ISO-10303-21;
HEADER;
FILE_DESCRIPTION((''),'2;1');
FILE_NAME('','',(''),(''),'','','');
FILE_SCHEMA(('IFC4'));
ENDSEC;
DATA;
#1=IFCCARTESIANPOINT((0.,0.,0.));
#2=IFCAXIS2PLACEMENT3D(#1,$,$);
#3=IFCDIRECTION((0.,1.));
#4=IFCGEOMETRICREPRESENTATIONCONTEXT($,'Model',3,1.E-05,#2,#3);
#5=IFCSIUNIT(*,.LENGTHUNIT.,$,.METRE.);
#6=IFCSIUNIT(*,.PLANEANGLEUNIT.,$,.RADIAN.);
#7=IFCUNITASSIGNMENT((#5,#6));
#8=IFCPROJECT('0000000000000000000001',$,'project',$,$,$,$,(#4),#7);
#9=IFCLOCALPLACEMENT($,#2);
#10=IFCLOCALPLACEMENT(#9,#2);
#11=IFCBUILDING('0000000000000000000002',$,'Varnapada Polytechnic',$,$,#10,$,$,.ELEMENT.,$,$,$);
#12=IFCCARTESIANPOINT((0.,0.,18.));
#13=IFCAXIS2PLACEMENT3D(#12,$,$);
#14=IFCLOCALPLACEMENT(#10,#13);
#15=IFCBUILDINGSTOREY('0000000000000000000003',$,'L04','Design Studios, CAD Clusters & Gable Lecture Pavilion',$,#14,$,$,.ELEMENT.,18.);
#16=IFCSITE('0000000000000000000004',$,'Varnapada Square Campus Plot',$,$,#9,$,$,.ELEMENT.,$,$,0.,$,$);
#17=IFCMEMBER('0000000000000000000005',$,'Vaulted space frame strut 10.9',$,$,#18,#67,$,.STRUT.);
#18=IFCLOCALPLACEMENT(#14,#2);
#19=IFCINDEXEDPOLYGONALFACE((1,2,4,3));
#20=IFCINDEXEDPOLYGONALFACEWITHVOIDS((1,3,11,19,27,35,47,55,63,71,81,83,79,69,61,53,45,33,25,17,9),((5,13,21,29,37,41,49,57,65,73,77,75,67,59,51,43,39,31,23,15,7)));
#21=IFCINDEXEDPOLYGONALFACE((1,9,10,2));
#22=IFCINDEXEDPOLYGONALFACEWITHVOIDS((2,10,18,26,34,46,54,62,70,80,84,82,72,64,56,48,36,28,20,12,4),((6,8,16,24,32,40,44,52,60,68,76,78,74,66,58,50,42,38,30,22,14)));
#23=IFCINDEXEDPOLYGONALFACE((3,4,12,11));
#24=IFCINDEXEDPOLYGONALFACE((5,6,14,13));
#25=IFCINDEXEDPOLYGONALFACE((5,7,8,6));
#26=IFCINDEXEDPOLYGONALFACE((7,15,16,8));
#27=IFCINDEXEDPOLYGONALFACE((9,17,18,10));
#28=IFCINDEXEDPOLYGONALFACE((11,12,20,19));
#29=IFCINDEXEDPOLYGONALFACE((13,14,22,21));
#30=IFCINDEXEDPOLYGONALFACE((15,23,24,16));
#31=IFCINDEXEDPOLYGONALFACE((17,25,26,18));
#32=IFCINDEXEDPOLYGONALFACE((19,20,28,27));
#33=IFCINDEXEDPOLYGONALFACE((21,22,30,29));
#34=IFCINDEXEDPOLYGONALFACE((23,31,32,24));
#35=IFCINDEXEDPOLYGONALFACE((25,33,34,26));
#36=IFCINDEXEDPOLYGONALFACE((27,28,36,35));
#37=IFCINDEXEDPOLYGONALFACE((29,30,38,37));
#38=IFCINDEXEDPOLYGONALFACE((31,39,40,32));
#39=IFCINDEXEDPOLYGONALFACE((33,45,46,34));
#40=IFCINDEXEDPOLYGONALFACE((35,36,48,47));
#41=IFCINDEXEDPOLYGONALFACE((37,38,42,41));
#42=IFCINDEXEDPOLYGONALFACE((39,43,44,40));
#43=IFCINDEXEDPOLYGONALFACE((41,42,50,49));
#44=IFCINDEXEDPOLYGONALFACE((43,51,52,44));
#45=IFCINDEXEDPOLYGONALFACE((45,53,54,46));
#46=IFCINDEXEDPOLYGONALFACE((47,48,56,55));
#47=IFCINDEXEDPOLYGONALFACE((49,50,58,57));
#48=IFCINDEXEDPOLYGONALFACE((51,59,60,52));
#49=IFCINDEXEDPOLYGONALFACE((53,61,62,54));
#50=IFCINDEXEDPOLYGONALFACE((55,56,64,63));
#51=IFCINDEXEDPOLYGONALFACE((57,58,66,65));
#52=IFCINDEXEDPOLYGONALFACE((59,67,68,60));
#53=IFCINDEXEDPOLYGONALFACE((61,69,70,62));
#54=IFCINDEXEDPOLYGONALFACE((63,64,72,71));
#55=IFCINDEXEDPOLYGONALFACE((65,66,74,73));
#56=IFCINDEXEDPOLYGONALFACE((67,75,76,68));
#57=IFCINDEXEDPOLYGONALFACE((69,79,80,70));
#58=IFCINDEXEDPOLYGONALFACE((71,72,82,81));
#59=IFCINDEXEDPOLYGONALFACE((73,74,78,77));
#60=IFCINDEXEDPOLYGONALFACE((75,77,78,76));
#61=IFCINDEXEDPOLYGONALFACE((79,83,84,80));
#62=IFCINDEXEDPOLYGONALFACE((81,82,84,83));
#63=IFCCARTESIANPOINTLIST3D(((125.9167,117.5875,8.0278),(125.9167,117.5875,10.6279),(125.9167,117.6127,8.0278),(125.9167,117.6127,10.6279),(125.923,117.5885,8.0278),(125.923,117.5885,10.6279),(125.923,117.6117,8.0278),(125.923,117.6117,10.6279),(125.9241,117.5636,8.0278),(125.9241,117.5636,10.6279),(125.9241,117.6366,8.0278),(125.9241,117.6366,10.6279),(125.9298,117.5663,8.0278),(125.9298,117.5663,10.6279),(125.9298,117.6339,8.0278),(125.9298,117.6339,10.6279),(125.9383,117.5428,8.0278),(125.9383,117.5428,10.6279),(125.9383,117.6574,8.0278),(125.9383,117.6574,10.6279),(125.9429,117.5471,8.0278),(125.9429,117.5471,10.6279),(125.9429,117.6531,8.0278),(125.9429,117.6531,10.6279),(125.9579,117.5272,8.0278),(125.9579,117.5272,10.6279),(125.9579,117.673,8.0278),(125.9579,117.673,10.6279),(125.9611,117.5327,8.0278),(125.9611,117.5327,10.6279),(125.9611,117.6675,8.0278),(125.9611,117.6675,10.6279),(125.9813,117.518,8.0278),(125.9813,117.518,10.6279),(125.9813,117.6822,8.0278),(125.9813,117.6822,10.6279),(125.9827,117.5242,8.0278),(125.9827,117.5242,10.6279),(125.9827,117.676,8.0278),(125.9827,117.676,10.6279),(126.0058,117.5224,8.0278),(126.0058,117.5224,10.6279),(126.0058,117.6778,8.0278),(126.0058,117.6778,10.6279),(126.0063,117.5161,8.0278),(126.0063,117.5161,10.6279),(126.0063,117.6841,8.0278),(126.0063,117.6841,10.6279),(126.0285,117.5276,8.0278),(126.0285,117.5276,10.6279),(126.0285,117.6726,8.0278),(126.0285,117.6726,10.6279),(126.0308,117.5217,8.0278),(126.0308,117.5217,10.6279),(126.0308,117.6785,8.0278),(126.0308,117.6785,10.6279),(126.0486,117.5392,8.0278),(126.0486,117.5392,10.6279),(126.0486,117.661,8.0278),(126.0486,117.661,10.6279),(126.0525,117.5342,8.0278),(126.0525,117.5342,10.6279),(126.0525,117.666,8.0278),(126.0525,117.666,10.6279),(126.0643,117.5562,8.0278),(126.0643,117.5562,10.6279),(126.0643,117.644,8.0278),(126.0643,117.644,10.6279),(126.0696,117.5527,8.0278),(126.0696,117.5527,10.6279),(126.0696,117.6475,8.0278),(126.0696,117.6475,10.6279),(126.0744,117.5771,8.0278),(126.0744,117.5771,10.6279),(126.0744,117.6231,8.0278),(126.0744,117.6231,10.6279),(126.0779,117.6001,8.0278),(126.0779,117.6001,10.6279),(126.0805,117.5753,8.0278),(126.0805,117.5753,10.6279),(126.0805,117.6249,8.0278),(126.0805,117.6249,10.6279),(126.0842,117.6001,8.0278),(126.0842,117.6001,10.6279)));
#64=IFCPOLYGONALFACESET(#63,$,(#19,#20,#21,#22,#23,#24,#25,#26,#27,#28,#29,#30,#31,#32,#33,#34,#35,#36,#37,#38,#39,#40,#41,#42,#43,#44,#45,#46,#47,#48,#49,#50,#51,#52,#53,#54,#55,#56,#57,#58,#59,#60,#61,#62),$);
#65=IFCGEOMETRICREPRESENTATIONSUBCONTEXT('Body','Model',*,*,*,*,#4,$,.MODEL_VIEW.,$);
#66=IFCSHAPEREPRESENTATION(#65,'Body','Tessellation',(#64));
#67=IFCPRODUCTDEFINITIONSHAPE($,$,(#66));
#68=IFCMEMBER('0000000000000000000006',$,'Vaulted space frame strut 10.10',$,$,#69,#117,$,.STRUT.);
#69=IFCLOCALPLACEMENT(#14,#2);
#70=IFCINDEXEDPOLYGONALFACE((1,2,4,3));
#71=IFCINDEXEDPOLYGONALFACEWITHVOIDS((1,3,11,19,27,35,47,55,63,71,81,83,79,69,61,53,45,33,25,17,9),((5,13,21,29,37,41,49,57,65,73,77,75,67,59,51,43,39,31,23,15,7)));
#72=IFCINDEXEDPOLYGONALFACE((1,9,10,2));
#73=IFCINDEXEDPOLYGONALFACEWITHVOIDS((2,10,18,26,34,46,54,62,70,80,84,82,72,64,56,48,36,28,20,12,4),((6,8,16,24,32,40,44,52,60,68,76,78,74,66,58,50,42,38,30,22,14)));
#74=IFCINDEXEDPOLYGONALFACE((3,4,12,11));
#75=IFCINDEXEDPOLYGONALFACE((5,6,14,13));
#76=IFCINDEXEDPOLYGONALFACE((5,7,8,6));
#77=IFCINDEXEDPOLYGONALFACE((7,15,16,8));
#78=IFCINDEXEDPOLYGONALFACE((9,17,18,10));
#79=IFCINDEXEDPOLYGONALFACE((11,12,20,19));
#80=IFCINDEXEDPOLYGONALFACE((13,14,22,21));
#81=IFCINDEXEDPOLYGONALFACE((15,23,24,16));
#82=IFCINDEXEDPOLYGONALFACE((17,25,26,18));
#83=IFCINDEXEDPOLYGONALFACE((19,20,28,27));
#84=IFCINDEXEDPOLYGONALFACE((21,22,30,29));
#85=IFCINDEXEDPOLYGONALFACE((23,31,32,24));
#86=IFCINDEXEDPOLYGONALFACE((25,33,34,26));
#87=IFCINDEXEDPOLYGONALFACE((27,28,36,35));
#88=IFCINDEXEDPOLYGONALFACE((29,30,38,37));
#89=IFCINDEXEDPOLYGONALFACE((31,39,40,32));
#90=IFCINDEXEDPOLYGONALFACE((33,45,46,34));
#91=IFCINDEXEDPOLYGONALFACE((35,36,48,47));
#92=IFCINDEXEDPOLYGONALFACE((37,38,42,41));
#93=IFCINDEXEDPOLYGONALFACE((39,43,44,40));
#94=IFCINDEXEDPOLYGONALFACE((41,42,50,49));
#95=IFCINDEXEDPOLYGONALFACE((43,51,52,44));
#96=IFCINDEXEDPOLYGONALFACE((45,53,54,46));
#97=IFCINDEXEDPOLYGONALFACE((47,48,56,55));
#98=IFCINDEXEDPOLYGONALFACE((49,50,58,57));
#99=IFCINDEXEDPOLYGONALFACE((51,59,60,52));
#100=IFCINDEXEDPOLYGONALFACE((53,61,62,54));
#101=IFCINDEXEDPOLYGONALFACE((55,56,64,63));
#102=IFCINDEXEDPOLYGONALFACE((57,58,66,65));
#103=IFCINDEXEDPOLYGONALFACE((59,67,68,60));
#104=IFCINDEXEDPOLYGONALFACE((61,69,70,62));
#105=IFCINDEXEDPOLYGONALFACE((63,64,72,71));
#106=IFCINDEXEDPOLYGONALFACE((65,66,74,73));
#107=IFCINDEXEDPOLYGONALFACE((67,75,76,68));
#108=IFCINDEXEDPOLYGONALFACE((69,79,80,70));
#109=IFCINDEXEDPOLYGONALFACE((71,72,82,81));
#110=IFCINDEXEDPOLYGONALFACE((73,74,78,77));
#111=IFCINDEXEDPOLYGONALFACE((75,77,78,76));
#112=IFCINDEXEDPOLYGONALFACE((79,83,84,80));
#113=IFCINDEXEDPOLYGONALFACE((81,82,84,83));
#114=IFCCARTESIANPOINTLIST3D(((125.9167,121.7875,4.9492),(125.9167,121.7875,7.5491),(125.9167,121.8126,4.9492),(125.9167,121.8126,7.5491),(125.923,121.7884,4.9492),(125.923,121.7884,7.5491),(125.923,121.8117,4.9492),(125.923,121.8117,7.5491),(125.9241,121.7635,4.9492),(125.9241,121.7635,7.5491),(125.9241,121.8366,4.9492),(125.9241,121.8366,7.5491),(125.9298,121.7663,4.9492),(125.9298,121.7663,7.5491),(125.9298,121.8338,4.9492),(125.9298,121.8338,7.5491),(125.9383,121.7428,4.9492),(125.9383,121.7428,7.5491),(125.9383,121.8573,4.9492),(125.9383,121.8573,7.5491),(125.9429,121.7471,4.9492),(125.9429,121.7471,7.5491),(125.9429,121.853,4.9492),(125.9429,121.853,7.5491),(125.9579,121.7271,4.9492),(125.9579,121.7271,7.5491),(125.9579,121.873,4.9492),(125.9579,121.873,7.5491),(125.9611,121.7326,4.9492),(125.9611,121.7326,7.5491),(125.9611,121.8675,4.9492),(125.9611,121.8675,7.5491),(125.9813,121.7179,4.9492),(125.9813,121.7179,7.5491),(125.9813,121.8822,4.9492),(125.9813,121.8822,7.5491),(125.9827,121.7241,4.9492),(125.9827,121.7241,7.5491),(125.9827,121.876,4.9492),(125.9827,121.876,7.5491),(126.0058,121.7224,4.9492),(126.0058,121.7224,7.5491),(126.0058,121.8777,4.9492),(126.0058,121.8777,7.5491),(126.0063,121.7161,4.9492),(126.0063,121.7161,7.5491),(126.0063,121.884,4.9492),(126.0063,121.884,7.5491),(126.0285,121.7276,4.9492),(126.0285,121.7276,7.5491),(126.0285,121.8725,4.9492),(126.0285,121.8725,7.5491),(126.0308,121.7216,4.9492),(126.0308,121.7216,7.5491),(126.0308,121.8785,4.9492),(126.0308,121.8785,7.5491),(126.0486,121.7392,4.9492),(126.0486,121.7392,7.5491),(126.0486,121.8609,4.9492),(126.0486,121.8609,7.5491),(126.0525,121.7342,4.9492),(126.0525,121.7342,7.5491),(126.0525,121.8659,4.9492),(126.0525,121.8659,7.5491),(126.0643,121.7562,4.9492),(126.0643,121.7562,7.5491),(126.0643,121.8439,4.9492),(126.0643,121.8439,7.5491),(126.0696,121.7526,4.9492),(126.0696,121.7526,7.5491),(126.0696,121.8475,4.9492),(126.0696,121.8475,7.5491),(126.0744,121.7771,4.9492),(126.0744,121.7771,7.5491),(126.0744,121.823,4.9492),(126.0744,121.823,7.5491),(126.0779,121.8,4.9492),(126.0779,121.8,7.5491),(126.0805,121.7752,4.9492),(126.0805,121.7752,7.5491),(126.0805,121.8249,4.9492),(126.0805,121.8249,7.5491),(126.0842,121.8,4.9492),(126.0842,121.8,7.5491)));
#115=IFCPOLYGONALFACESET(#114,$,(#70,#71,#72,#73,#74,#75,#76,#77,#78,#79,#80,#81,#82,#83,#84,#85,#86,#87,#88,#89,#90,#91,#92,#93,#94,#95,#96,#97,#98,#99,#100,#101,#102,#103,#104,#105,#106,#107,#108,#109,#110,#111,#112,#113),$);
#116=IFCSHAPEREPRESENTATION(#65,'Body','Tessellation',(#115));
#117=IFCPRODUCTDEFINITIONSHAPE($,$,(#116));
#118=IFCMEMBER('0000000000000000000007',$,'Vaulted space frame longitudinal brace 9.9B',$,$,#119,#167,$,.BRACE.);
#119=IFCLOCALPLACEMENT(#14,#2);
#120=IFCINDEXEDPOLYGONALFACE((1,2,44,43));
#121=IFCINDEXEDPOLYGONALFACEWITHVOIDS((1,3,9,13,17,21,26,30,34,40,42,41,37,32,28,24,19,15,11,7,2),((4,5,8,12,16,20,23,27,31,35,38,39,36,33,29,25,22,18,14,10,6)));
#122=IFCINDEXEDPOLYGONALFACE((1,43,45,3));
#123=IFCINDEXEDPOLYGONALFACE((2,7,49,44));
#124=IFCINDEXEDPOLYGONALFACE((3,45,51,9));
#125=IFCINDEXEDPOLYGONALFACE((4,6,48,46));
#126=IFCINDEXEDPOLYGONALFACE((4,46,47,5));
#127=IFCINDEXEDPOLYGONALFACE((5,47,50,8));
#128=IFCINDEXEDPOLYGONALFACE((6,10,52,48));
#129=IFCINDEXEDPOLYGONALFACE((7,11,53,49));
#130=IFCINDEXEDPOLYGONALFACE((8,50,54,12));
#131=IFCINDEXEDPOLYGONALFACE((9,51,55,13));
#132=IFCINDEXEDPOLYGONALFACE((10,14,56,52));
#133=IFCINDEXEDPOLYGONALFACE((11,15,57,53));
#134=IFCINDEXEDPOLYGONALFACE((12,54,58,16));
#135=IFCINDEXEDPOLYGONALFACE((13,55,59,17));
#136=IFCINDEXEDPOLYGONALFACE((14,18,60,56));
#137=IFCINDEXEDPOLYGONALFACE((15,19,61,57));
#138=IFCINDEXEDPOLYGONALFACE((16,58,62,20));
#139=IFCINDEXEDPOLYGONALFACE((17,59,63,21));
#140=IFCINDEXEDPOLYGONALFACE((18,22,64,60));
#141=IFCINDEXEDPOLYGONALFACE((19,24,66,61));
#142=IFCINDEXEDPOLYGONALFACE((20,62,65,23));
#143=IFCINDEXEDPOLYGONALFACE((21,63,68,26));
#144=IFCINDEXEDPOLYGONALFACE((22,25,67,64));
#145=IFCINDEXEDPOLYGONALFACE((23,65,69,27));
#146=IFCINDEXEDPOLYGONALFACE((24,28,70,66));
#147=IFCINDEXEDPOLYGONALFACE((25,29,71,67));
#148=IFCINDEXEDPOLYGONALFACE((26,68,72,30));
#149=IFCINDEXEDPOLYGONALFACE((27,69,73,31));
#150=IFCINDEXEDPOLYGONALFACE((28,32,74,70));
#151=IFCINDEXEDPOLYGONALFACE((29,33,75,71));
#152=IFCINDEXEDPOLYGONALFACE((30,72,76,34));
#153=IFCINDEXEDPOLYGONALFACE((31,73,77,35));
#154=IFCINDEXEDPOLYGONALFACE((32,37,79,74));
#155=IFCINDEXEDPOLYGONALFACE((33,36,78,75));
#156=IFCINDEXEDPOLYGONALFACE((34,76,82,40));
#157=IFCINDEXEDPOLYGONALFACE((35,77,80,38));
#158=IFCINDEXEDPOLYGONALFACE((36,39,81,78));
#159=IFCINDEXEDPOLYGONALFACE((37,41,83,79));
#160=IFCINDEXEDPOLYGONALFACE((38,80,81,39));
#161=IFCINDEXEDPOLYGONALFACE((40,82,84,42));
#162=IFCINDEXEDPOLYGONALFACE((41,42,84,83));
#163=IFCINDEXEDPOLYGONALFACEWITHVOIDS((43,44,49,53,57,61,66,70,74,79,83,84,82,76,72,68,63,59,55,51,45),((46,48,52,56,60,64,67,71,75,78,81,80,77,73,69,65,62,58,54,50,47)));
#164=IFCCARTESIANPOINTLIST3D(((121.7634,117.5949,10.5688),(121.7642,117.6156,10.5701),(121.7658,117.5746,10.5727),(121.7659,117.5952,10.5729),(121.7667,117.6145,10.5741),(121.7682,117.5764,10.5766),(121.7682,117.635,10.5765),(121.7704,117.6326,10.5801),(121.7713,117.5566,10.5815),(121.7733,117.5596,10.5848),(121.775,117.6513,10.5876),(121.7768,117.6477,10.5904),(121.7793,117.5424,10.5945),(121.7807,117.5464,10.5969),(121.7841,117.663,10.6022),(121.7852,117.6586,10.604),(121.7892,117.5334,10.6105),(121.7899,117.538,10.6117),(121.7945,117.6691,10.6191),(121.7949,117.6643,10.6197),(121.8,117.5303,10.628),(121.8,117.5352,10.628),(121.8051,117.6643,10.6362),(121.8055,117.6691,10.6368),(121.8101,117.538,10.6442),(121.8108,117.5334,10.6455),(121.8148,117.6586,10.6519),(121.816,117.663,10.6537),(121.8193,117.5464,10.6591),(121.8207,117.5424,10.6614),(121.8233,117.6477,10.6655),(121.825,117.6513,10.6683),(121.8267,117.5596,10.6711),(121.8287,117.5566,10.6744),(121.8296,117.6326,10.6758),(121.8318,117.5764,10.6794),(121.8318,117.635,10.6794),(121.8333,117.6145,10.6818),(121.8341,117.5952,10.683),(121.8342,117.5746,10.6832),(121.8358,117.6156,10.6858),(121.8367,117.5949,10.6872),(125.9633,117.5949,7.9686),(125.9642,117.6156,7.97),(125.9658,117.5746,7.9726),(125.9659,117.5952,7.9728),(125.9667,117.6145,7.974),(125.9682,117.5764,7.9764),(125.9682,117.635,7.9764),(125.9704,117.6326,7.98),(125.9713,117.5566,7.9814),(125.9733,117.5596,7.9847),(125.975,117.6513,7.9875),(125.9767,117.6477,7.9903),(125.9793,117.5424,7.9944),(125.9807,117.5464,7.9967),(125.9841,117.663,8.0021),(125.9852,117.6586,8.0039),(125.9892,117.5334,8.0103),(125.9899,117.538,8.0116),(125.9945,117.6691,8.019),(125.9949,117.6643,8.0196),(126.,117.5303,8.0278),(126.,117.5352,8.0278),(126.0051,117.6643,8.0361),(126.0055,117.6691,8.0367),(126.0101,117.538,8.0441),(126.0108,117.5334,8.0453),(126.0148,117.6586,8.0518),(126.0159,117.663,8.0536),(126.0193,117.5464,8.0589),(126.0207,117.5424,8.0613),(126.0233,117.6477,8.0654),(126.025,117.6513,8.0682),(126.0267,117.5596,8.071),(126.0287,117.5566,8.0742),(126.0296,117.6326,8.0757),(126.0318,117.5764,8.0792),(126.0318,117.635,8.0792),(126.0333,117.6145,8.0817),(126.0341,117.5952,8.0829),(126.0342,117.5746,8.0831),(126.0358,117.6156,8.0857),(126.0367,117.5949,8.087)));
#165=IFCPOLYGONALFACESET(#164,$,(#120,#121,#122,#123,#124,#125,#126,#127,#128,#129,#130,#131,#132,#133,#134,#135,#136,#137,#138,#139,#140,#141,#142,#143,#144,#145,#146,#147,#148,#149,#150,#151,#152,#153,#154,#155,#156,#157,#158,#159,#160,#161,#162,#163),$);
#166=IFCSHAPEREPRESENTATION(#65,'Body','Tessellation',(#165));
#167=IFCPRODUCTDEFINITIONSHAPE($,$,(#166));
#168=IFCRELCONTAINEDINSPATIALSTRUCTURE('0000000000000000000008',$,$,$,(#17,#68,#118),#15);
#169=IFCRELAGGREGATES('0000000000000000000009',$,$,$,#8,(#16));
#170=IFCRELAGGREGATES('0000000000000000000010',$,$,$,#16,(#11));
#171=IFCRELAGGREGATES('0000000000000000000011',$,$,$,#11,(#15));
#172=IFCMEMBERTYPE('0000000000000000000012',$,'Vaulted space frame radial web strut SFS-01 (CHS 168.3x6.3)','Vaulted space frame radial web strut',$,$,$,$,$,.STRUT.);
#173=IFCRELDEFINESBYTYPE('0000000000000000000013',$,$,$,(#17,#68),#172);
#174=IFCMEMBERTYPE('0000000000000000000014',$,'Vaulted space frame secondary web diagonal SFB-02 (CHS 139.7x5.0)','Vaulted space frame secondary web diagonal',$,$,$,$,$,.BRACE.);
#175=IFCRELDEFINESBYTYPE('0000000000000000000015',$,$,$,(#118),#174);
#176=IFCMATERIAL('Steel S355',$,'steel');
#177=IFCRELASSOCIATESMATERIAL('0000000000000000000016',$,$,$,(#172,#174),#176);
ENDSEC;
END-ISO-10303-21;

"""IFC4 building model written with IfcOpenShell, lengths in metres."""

from ifc_helpers import new_model, si_unit, direction, frame, origin, origin_2d, place, context, subcontext, project, spatial, hollow_circle, extrude, material, material_profile, profile_set, type_object, element, save


model = new_model("IFC4")

# Units and contexts
model_context = context("Model", 3, precision=1e-05, world=origin(), true_north=direction((0.0, 1.0)))
body_context = subcontext(model_context, "Body", "Model", "MODEL_VIEW")
ifc_project = project(units=[si_unit("LENGTHUNIT", "METRE"), si_unit("PLANEANGLEUNIT", "RADIAN")], contexts=[model_context])

# Site, building, storey
site_placement = place(None, origin())
site = spatial("IfcSite", under=ifc_project, at=site_placement, Name="Varnapada Square Campus Plot", CompositionType="ELEMENT", RefElevation=0.0)
building_placement = place(site_placement, origin())
building = spatial("IfcBuilding", under=site, at=building_placement, Name="Varnapada Polytechnic", CompositionType="ELEMENT")
storey_placement = place(building_placement, frame((0.0, 0.0, 18.0)))
storey = spatial("IfcBuildingStorey", under=building, at=storey_placement, Name="L04", Description="Design Studios, CAD Clusters & Gable Lecture Pavilion", CompositionType="ELEMENT", Elevation=18.0)

# Shared definitions
ifc_material = material(Name="Steel S355", Category="steel")

# Members
ifc_material_profile_1 = material_profile(ifc_material, hollow_circle(Radius=0.0842, WallThickness=0.0063, at=origin_2d()), Name="CHS 168.3x6.3")
ifc_profile_set_1 = profile_set([ifc_material_profile_1], Name="Steel S355")
member_type_1 = type_object("IfcMemberType", Name="Vaulted space frame radial web strut SFS-01 (CHS 168.3x6.3)", Description="Vaulted space frame radial web strut", PredefinedType="STRUT", material=ifc_profile_set_1)
for number, where, z_axis, x_axis, name in (
    (1, (126.0, 117.6001, 8.0278), (0.0, 0.0, 1.0), (1.0, 0.0, 0.0), "Vaulted space frame strut 10.9"),
):
    element("IfcMember", number, at=place(storey_placement, frame(where, z_axis=z_axis, x_axis=x_axis)), inside=storey, type_object=member_type_1, Name=name, PredefinedType="STRUT", context=body_context, shape_type="SweptSolid", body=[
        extrude(hollow_circle(Radius=0.0842, WallThickness=0.0063, at=origin_2d()), origin(), (0.0, 0.0, 1.0), 2.6001),
    ])
member_1_placement = place(storey_placement, frame((126.0, 121.8, 4.9492), z_axis=(0.0, 0.0, 1.0), x_axis=(1.0, 0.0, 0.0)))
element("IfcMember", 2, at=member_1_placement, inside=storey, type_object=member_type_1, Name="Vaulted space frame strut 10.10", PredefinedType="STRUT", context=body_context, shape_type="SweptSolid", body=[
    extrude(hollow_circle(Radius=0.0842, WallThickness=0.0063, at=origin_2d()), origin(), (0.0, 0.0, 1.0), 2.5999),
])
ifc_material_profile_2 = material_profile(ifc_material, hollow_circle(Radius=0.0698, WallThickness=0.0049, at=origin_2d()), Name="CHS 139.7x5.0")
ifc_profile_set_2 = profile_set([ifc_material_profile_2], Name="Steel S355")
member_type_2 = type_object("IfcMemberType", Name="Vaulted space frame secondary web diagonal SFB-02 (CHS 139.7x5.0)", Description="Vaulted space frame secondary web diagonal", PredefinedType="BRACE", material=ifc_profile_set_2)
for number, where, z_axis, x_axis, name in (
    (3, (126.0, 117.6001, 8.0278), (-0.850254, 0.0, 0.526373), (0.0, -1.0, 0.0), "Vaulted space frame longitudinal brace 9.9B"),
):
    element("IfcMember", number, at=place(storey_placement, frame(where, z_axis=z_axis, x_axis=x_axis)), inside=storey, type_object=member_type_2, Name=name, PredefinedType="BRACE", context=body_context, shape_type="SweptSolid", body=[
        extrude(hollow_circle(Radius=0.0698, WallThickness=0.0049, at=origin_2d()), origin(), (0.0, 0.0, 1.0), 4.9397),
    ])

save(model, "model.ifc")
